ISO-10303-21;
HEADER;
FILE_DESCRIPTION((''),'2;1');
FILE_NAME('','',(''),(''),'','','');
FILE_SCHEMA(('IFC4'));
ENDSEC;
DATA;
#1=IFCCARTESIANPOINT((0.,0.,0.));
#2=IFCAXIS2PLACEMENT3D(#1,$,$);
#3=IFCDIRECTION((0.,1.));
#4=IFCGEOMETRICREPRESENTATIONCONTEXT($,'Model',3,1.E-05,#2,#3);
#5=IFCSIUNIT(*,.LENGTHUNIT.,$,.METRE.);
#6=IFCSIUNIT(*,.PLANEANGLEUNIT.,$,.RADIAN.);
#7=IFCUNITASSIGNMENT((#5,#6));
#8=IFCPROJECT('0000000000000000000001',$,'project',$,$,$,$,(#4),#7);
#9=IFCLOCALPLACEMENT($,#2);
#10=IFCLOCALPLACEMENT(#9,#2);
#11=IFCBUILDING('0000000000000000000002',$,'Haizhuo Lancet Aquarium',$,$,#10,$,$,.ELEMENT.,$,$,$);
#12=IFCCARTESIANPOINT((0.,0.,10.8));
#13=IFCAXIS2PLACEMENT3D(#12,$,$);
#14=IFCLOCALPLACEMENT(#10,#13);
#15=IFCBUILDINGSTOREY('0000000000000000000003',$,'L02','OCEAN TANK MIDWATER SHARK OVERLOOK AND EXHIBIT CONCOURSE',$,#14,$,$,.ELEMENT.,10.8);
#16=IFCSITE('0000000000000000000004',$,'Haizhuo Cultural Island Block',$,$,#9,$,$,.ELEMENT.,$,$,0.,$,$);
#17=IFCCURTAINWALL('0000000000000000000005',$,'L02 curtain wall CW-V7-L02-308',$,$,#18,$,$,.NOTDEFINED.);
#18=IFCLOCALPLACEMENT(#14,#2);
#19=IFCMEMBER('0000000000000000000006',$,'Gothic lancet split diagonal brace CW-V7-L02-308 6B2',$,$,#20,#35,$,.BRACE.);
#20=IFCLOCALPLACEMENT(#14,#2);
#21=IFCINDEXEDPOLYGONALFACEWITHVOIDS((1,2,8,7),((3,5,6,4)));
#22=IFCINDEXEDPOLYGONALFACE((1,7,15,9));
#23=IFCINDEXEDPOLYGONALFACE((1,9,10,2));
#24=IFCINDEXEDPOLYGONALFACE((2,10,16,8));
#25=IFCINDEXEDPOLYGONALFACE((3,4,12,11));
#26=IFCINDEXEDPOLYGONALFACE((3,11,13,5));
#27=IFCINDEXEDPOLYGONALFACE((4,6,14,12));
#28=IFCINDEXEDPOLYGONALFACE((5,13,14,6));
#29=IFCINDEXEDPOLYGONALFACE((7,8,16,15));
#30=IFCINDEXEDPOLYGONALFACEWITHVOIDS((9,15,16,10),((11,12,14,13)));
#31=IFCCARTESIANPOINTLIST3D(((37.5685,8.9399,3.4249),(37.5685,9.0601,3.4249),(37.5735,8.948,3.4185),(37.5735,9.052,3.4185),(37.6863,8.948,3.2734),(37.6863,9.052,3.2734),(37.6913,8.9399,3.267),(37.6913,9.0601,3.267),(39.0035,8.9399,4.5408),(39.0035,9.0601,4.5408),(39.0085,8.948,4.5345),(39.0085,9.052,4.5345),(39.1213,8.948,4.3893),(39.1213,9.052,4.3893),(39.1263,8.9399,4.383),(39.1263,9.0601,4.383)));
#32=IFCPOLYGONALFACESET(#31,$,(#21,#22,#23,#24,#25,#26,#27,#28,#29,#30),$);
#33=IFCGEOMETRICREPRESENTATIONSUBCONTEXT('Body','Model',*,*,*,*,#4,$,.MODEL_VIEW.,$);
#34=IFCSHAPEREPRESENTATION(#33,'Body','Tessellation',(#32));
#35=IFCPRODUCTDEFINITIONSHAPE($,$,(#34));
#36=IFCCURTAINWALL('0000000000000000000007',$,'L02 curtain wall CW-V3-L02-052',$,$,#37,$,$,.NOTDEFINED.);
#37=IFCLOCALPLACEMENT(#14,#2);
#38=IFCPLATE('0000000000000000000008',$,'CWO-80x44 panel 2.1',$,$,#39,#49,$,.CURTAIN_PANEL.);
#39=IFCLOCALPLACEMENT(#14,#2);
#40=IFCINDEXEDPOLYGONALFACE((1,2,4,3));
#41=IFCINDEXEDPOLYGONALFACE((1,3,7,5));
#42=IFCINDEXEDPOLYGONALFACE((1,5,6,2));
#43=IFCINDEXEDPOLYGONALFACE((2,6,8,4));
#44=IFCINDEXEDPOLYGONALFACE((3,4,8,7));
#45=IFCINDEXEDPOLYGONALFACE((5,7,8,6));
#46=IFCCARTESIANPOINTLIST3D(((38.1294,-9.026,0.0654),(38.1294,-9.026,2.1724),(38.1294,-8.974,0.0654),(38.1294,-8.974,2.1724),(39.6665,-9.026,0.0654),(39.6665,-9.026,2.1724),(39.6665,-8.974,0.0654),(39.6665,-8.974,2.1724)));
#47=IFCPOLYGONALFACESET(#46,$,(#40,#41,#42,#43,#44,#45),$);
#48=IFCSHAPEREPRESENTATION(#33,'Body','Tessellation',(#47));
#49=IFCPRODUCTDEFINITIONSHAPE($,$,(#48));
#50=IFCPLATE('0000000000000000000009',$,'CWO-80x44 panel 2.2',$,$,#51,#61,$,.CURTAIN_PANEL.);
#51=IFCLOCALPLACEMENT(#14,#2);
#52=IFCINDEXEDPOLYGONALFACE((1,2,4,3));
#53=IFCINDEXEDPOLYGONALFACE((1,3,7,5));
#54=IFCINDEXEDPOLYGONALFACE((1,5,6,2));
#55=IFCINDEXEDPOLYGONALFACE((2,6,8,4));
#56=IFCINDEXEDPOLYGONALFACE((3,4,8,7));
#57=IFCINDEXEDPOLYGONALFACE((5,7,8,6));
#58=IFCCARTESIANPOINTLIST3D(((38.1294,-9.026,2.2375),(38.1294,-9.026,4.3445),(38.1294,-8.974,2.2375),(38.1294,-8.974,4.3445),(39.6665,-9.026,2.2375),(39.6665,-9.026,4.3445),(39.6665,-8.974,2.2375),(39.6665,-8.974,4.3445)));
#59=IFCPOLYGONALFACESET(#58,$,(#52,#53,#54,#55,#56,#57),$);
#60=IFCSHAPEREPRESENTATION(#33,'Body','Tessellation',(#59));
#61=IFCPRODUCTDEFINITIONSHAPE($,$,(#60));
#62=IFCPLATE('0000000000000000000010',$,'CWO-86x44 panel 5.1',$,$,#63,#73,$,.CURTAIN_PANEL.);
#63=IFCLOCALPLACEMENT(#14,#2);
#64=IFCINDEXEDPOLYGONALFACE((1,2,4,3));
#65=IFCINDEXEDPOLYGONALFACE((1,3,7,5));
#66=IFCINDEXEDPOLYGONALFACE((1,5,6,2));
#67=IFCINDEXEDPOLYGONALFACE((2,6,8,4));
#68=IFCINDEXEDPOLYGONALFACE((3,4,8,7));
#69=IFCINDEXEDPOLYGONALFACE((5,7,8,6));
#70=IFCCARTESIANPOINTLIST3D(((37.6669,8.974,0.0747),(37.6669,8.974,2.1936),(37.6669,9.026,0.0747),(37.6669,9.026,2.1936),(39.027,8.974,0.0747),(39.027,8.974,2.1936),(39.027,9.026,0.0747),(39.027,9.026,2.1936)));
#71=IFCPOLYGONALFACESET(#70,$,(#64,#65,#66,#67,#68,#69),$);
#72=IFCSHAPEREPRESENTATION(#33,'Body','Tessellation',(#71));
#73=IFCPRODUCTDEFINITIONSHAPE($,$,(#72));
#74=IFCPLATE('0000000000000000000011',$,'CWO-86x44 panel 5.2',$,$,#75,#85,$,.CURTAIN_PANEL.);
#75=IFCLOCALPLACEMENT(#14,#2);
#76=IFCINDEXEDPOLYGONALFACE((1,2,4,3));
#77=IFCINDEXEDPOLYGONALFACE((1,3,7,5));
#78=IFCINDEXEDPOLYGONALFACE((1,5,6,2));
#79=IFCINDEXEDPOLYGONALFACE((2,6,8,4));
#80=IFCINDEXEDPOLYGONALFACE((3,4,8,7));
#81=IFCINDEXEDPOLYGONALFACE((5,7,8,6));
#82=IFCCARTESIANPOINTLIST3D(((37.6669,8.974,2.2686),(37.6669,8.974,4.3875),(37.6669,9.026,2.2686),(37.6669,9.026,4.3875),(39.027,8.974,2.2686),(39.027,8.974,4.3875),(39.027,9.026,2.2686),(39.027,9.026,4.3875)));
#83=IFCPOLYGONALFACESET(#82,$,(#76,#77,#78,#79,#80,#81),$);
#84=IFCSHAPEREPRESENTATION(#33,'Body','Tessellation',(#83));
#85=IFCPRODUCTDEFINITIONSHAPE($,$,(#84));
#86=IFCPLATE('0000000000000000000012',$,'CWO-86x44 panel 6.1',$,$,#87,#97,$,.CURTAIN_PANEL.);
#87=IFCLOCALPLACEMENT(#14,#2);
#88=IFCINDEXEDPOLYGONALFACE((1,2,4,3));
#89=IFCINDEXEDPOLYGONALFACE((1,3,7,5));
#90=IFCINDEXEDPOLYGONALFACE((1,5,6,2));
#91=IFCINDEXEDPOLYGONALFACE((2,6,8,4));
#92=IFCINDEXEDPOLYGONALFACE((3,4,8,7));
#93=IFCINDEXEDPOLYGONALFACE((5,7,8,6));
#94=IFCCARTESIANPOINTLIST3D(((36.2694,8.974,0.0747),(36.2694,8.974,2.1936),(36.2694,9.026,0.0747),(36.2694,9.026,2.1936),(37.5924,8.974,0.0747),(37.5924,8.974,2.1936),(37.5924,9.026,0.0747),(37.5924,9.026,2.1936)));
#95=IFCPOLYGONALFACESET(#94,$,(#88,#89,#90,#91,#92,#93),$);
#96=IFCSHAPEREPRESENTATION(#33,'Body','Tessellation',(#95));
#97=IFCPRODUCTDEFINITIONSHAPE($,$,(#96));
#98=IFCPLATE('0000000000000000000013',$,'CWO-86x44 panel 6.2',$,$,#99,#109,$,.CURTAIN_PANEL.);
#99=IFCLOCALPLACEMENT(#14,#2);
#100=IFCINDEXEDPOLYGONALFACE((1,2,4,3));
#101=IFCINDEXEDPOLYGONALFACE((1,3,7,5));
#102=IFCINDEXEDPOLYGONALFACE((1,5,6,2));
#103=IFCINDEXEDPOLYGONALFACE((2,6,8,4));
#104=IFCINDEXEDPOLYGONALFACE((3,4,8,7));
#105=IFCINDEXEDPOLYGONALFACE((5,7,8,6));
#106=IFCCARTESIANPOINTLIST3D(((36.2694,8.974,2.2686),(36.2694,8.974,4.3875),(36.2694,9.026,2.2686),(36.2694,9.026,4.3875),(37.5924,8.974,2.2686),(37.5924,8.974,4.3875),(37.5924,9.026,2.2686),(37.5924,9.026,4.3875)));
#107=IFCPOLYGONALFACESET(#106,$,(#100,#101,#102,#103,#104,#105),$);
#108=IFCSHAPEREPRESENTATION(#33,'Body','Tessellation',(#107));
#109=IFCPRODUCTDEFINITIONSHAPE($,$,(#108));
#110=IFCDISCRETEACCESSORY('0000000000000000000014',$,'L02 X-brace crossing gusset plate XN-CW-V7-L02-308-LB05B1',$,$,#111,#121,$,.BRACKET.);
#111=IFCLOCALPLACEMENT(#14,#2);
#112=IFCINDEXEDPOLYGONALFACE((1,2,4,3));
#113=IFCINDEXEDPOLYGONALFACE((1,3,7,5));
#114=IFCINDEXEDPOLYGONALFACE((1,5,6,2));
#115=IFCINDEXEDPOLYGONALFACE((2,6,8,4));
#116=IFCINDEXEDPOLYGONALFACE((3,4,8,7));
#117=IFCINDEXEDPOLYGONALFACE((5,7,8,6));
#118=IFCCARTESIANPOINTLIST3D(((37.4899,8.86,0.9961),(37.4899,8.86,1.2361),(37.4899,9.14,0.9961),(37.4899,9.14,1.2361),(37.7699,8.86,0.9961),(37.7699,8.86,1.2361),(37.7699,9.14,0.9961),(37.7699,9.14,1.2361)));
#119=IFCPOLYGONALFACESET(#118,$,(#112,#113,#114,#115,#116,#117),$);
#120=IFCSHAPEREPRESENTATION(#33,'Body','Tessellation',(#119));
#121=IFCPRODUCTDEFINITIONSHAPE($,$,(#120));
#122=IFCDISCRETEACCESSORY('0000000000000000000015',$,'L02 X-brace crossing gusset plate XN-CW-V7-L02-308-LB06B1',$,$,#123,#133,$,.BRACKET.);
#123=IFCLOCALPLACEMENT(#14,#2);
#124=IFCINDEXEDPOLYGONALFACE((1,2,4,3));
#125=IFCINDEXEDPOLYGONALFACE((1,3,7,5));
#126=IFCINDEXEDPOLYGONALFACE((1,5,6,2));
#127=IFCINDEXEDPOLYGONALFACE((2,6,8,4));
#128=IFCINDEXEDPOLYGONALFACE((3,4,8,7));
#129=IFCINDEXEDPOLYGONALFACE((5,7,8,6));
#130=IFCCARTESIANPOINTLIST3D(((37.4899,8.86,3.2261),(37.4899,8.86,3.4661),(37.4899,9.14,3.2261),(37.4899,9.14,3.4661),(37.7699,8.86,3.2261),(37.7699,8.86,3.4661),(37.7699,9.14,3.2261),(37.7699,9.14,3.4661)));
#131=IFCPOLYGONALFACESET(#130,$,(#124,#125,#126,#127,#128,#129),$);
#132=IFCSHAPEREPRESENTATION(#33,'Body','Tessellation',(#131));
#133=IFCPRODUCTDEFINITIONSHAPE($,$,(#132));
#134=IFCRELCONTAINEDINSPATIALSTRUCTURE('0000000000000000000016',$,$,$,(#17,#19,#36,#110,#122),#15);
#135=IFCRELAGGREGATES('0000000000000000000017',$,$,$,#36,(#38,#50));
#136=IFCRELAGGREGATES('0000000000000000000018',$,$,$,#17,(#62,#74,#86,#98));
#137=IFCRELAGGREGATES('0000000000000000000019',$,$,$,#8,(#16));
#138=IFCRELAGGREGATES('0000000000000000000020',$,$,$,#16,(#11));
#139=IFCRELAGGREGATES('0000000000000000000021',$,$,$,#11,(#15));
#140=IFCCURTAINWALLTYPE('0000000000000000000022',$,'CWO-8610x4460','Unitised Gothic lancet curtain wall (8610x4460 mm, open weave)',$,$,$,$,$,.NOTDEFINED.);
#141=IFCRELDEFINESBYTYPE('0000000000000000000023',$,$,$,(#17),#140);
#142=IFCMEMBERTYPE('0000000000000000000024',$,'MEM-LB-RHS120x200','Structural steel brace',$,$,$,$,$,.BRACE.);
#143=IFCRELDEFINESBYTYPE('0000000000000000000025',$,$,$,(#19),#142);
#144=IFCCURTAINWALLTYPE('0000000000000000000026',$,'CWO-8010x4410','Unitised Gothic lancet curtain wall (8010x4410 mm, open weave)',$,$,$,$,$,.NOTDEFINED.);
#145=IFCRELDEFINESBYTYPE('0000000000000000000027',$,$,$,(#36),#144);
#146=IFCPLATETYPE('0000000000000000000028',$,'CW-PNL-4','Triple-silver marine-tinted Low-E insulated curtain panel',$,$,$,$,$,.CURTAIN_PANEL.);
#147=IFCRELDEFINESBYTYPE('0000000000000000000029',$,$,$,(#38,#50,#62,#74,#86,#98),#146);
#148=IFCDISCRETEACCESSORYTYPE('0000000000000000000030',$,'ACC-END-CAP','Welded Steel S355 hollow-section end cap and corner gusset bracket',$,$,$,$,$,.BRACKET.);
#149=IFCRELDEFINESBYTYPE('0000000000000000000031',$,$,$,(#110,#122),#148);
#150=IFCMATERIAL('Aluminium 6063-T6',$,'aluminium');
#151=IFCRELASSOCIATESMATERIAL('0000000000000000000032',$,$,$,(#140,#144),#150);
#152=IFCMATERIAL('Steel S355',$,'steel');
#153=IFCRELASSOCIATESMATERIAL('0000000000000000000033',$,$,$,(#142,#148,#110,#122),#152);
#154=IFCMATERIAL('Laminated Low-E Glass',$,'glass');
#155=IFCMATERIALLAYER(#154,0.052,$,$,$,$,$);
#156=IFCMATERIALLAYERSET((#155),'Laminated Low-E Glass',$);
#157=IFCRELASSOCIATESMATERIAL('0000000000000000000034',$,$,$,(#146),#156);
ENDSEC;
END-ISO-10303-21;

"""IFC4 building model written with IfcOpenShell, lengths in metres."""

from ifc_helpers import new_model, si_unit, direction, frame, origin, origin_2d, place, context, subcontext, project, spatial, rectangle, hollow_rectangle, extrude, material, layer, layer_set, material_profile, profile_set, type_object, element, aggregate, save


model = new_model("IFC4")

# Units and contexts
model_context = context("Model", 3, precision=1e-05, world=origin(), true_north=direction((0.0, 1.0)))
body_context = subcontext(model_context, "Body", "Model", "MODEL_VIEW")
ifc_project = project(units=[si_unit("LENGTHUNIT", "METRE"), si_unit("PLANEANGLEUNIT", "RADIAN")], contexts=[model_context])

# Site, building, storey
site_placement = place(None, origin())
site = spatial("IfcSite", under=ifc_project, at=site_placement, Name="Haizhuo Cultural Island Block", CompositionType="ELEMENT", RefElevation=0.0)
building_placement = place(site_placement, origin())
building = spatial("IfcBuilding", under=site, at=building_placement, Name="Haizhuo Lancet Aquarium", CompositionType="ELEMENT")
storey_placement = place(building_placement, frame((0.0, 0.0, 10.8)))
storey = spatial("IfcBuildingStorey", under=building, at=storey_placement, Name="L02", Description="OCEAN TANK MIDWATER SHARK OVERLOOK AND EXHIBIT CONCOURSE", CompositionType="ELEMENT", Elevation=10.8)

# Shared definitions
ifc_material_1 = material(Name="Steel S355", Category="steel")

# Curtain wall
ifc_material_2 = material(Name="Aluminium 6063-T6", Category="aluminium")
curtain_wall_type_1 = type_object("IfcCurtainWallType", Name="CWO-8610x4460", Description="Unitised Gothic lancet curtain wall (8610x4460 mm, open weave)", PredefinedType="NOTDEFINED", material=ifc_material_2)
curtain_wall_1_placement = place(storey_placement, origin())
curtain_wall_1 = element("IfcCurtainWall", 1, at=curtain_wall_1_placement, inside=storey, type_object=curtain_wall_type_1, Name="L02 curtain wall CW-V7-L02-308", PredefinedType="NOTDEFINED")

# Member
ifc_material_profile_1 = material_profile(ifc_material_1, hollow_rectangle(XDim=0.1201, YDim=0.2, WallThickness=0.0081, at=origin_2d()), Name="RHS 120x200x8")
ifc_profile_set_1 = profile_set([ifc_material_profile_1], Name="Steel S355")
member_type_1 = type_object("IfcMemberType", Name="MEM-LB-RHS120x200", Description="Structural steel brace", PredefinedType="BRACE", material=ifc_profile_set_1)
member_1_placement = place(storey_placement, frame((37.6299, 9.0, 3.3459), z_axis=(0.789403, 0.0, 0.613876), x_axis=(0.0, 1.0, 0.0)))
element("IfcMember", 2, at=member_1_placement, inside=storey, type_object=member_type_1, Name="Gothic lancet split diagonal brace CW-V7-L02-308 6B2", PredefinedType="BRACE", context=body_context, shape_type="SweptSolid", body=[
    extrude(hollow_rectangle(XDim=0.1201, YDim=0.2, WallThickness=0.0081, at=origin_2d()), origin(), (0.0, 0.0, 1.0), 1.8179),
])

# Curtain wall, plates
curtain_wall_type_2 = type_object("IfcCurtainWallType", Name="CWO-8010x4410", Description="Unitised Gothic lancet curtain wall (8010x4410 mm, open weave)", PredefinedType="NOTDEFINED", material=ifc_material_2)
curtain_wall_2_placement = place(storey_placement, origin())
curtain_wall_2 = element("IfcCurtainWall", 3, at=curtain_wall_2_placement, inside=storey, type_object=curtain_wall_type_2, Name="L02 curtain wall CW-V3-L02-052", PredefinedType="NOTDEFINED")
ifc_material_3 = material(Name="Laminated Low-E Glass", Category="glass")
ifc_layer = layer(ifc_material_3, 0.052)
ifc_layer_set = layer_set([ifc_layer], Name="Laminated Low-E Glass")
plate_type = type_object("IfcPlateType", Name="CW-PNL-4", Description="Triple-silver marine-tinted Low-E insulated curtain panel", PredefinedType="CURTAIN_PANEL", material=ifc_layer_set)
plate_1_placement = place(storey_placement, frame((38.8979, -9.0, 0.0654), z_axis=(0.0, 0.0, 1.0), x_axis=(1.0, 0.0, 0.0)))
plate_1 = element("IfcPlate", 4, at=plate_1_placement, type_object=plate_type, Name="CWO-80x44 panel 2.1", PredefinedType="CURTAIN_PANEL", context=body_context, shape_type="SweptSolid", body=[
    extrude(rectangle(XDim=1.5371, YDim=0.052, at=origin_2d()), origin(), (0.0, 0.0, 1.0), 2.1069),
])
plate_2_placement = place(storey_placement, frame((38.8979, -9.0, 2.2375), z_axis=(0.0, 0.0, 1.0), x_axis=(1.0, 0.0, 0.0)))
plate_2 = element("IfcPlate", 5, at=plate_2_placement, type_object=plate_type, Name="CWO-80x44 panel 2.2", PredefinedType="CURTAIN_PANEL", context=body_context, shape_type="SweptSolid", body=[
    extrude(rectangle(XDim=1.5371, YDim=0.052, at=origin_2d()), origin(), (0.0, 0.0, 1.0), 2.1069),
])
aggregate(curtain_wall_2, [plate_1, plate_2])

# Plates
plate_3_placement = place(storey_placement, frame((38.3469, 9.0, 0.0747), z_axis=(0.0, 0.0, 1.0), x_axis=(-1.0, 0.0, 0.0)))
plate_3 = element("IfcPlate", 6, at=plate_3_placement, type_object=plate_type, Name="CWO-86x44 panel 5.1", PredefinedType="CURTAIN_PANEL", context=body_context, shape_type="SweptSolid", body=[
    extrude(rectangle(XDim=1.3601, YDim=0.052, at=origin_2d()), origin(), (0.0, 0.0, 1.0), 2.1189),
])
plate_4_placement = place(storey_placement, frame((38.3469, 9.0, 2.2686), z_axis=(0.0, 0.0, 1.0), x_axis=(-1.0, 0.0, 0.0)))
plate_4 = element("IfcPlate", 7, at=plate_4_placement, type_object=plate_type, Name="CWO-86x44 panel 5.2", PredefinedType="CURTAIN_PANEL", context=body_context, shape_type="SweptSolid", body=[
    extrude(rectangle(XDim=1.3601, YDim=0.052, at=origin_2d()), origin(), (0.0, 0.0, 1.0), 2.1189),
])
plate_5_placement = place(storey_placement, frame((36.9309, 9.0, 0.0747), z_axis=(0.0, 0.0, 1.0), x_axis=(-1.0, 0.0, 0.0)))
plate_5 = element("IfcPlate", 8, at=plate_5_placement, type_object=plate_type, Name="CWO-86x44 panel 6.1", PredefinedType="CURTAIN_PANEL", context=body_context, shape_type="SweptSolid", body=[
    extrude(rectangle(XDim=1.323, YDim=0.052, at=origin_2d()), origin(), (0.0, 0.0, 1.0), 2.1189),
])
plate_6_placement = place(storey_placement, frame((36.9309, 9.0, 2.2686), z_axis=(0.0, 0.0, 1.0), x_axis=(-1.0, 0.0, 0.0)))
plate_6 = element("IfcPlate", 9, at=plate_6_placement, type_object=plate_type, Name="CWO-86x44 panel 6.2", PredefinedType="CURTAIN_PANEL", context=body_context, shape_type="SweptSolid", body=[
    extrude(rectangle(XDim=1.323, YDim=0.052, at=origin_2d()), origin(), (0.0, 0.0, 1.0), 2.1189),
])
aggregate(curtain_wall_1, [plate_3, plate_4, plate_5, plate_6])

# Discrete accessories
discrete_accessory_type = type_object("IfcDiscreteAccessoryType", Name="ACC-END-CAP", Description="Welded Steel S355 hollow-section end cap and corner gusset bracket", PredefinedType="BRACKET", material=ifc_material_1)
for number, where, z_axis, x_axis, name in (
    (10, (37.6299, 9.0, 0.9961), (0.0, 0.0, 1.0), (1.0, 0.0, 0.0), "L02 X-brace crossing gusset plate XN-CW-V7-L02-308-LB05B1"),
    (11, (37.6299, 9.0, 3.2261), (0.0, 0.0, 1.0), (1.0, 0.0, 0.0), "L02 X-brace crossing gusset plate XN-CW-V7-L02-308-LB06B1"),
):
    element("IfcDiscreteAccessory", number, at=place(storey_placement, frame(where, z_axis=z_axis, x_axis=x_axis)), inside=storey, type_object=discrete_accessory_type, material=ifc_material_1, Name=name, PredefinedType="BRACKET", context=body_context, shape_type="SweptSolid", body=[
        extrude(rectangle(XDim=0.28, YDim=0.28, at=origin_2d()), origin(), (0.0, 0.0, 1.0), 0.24),
    ])

save(model, "model.ifc")
